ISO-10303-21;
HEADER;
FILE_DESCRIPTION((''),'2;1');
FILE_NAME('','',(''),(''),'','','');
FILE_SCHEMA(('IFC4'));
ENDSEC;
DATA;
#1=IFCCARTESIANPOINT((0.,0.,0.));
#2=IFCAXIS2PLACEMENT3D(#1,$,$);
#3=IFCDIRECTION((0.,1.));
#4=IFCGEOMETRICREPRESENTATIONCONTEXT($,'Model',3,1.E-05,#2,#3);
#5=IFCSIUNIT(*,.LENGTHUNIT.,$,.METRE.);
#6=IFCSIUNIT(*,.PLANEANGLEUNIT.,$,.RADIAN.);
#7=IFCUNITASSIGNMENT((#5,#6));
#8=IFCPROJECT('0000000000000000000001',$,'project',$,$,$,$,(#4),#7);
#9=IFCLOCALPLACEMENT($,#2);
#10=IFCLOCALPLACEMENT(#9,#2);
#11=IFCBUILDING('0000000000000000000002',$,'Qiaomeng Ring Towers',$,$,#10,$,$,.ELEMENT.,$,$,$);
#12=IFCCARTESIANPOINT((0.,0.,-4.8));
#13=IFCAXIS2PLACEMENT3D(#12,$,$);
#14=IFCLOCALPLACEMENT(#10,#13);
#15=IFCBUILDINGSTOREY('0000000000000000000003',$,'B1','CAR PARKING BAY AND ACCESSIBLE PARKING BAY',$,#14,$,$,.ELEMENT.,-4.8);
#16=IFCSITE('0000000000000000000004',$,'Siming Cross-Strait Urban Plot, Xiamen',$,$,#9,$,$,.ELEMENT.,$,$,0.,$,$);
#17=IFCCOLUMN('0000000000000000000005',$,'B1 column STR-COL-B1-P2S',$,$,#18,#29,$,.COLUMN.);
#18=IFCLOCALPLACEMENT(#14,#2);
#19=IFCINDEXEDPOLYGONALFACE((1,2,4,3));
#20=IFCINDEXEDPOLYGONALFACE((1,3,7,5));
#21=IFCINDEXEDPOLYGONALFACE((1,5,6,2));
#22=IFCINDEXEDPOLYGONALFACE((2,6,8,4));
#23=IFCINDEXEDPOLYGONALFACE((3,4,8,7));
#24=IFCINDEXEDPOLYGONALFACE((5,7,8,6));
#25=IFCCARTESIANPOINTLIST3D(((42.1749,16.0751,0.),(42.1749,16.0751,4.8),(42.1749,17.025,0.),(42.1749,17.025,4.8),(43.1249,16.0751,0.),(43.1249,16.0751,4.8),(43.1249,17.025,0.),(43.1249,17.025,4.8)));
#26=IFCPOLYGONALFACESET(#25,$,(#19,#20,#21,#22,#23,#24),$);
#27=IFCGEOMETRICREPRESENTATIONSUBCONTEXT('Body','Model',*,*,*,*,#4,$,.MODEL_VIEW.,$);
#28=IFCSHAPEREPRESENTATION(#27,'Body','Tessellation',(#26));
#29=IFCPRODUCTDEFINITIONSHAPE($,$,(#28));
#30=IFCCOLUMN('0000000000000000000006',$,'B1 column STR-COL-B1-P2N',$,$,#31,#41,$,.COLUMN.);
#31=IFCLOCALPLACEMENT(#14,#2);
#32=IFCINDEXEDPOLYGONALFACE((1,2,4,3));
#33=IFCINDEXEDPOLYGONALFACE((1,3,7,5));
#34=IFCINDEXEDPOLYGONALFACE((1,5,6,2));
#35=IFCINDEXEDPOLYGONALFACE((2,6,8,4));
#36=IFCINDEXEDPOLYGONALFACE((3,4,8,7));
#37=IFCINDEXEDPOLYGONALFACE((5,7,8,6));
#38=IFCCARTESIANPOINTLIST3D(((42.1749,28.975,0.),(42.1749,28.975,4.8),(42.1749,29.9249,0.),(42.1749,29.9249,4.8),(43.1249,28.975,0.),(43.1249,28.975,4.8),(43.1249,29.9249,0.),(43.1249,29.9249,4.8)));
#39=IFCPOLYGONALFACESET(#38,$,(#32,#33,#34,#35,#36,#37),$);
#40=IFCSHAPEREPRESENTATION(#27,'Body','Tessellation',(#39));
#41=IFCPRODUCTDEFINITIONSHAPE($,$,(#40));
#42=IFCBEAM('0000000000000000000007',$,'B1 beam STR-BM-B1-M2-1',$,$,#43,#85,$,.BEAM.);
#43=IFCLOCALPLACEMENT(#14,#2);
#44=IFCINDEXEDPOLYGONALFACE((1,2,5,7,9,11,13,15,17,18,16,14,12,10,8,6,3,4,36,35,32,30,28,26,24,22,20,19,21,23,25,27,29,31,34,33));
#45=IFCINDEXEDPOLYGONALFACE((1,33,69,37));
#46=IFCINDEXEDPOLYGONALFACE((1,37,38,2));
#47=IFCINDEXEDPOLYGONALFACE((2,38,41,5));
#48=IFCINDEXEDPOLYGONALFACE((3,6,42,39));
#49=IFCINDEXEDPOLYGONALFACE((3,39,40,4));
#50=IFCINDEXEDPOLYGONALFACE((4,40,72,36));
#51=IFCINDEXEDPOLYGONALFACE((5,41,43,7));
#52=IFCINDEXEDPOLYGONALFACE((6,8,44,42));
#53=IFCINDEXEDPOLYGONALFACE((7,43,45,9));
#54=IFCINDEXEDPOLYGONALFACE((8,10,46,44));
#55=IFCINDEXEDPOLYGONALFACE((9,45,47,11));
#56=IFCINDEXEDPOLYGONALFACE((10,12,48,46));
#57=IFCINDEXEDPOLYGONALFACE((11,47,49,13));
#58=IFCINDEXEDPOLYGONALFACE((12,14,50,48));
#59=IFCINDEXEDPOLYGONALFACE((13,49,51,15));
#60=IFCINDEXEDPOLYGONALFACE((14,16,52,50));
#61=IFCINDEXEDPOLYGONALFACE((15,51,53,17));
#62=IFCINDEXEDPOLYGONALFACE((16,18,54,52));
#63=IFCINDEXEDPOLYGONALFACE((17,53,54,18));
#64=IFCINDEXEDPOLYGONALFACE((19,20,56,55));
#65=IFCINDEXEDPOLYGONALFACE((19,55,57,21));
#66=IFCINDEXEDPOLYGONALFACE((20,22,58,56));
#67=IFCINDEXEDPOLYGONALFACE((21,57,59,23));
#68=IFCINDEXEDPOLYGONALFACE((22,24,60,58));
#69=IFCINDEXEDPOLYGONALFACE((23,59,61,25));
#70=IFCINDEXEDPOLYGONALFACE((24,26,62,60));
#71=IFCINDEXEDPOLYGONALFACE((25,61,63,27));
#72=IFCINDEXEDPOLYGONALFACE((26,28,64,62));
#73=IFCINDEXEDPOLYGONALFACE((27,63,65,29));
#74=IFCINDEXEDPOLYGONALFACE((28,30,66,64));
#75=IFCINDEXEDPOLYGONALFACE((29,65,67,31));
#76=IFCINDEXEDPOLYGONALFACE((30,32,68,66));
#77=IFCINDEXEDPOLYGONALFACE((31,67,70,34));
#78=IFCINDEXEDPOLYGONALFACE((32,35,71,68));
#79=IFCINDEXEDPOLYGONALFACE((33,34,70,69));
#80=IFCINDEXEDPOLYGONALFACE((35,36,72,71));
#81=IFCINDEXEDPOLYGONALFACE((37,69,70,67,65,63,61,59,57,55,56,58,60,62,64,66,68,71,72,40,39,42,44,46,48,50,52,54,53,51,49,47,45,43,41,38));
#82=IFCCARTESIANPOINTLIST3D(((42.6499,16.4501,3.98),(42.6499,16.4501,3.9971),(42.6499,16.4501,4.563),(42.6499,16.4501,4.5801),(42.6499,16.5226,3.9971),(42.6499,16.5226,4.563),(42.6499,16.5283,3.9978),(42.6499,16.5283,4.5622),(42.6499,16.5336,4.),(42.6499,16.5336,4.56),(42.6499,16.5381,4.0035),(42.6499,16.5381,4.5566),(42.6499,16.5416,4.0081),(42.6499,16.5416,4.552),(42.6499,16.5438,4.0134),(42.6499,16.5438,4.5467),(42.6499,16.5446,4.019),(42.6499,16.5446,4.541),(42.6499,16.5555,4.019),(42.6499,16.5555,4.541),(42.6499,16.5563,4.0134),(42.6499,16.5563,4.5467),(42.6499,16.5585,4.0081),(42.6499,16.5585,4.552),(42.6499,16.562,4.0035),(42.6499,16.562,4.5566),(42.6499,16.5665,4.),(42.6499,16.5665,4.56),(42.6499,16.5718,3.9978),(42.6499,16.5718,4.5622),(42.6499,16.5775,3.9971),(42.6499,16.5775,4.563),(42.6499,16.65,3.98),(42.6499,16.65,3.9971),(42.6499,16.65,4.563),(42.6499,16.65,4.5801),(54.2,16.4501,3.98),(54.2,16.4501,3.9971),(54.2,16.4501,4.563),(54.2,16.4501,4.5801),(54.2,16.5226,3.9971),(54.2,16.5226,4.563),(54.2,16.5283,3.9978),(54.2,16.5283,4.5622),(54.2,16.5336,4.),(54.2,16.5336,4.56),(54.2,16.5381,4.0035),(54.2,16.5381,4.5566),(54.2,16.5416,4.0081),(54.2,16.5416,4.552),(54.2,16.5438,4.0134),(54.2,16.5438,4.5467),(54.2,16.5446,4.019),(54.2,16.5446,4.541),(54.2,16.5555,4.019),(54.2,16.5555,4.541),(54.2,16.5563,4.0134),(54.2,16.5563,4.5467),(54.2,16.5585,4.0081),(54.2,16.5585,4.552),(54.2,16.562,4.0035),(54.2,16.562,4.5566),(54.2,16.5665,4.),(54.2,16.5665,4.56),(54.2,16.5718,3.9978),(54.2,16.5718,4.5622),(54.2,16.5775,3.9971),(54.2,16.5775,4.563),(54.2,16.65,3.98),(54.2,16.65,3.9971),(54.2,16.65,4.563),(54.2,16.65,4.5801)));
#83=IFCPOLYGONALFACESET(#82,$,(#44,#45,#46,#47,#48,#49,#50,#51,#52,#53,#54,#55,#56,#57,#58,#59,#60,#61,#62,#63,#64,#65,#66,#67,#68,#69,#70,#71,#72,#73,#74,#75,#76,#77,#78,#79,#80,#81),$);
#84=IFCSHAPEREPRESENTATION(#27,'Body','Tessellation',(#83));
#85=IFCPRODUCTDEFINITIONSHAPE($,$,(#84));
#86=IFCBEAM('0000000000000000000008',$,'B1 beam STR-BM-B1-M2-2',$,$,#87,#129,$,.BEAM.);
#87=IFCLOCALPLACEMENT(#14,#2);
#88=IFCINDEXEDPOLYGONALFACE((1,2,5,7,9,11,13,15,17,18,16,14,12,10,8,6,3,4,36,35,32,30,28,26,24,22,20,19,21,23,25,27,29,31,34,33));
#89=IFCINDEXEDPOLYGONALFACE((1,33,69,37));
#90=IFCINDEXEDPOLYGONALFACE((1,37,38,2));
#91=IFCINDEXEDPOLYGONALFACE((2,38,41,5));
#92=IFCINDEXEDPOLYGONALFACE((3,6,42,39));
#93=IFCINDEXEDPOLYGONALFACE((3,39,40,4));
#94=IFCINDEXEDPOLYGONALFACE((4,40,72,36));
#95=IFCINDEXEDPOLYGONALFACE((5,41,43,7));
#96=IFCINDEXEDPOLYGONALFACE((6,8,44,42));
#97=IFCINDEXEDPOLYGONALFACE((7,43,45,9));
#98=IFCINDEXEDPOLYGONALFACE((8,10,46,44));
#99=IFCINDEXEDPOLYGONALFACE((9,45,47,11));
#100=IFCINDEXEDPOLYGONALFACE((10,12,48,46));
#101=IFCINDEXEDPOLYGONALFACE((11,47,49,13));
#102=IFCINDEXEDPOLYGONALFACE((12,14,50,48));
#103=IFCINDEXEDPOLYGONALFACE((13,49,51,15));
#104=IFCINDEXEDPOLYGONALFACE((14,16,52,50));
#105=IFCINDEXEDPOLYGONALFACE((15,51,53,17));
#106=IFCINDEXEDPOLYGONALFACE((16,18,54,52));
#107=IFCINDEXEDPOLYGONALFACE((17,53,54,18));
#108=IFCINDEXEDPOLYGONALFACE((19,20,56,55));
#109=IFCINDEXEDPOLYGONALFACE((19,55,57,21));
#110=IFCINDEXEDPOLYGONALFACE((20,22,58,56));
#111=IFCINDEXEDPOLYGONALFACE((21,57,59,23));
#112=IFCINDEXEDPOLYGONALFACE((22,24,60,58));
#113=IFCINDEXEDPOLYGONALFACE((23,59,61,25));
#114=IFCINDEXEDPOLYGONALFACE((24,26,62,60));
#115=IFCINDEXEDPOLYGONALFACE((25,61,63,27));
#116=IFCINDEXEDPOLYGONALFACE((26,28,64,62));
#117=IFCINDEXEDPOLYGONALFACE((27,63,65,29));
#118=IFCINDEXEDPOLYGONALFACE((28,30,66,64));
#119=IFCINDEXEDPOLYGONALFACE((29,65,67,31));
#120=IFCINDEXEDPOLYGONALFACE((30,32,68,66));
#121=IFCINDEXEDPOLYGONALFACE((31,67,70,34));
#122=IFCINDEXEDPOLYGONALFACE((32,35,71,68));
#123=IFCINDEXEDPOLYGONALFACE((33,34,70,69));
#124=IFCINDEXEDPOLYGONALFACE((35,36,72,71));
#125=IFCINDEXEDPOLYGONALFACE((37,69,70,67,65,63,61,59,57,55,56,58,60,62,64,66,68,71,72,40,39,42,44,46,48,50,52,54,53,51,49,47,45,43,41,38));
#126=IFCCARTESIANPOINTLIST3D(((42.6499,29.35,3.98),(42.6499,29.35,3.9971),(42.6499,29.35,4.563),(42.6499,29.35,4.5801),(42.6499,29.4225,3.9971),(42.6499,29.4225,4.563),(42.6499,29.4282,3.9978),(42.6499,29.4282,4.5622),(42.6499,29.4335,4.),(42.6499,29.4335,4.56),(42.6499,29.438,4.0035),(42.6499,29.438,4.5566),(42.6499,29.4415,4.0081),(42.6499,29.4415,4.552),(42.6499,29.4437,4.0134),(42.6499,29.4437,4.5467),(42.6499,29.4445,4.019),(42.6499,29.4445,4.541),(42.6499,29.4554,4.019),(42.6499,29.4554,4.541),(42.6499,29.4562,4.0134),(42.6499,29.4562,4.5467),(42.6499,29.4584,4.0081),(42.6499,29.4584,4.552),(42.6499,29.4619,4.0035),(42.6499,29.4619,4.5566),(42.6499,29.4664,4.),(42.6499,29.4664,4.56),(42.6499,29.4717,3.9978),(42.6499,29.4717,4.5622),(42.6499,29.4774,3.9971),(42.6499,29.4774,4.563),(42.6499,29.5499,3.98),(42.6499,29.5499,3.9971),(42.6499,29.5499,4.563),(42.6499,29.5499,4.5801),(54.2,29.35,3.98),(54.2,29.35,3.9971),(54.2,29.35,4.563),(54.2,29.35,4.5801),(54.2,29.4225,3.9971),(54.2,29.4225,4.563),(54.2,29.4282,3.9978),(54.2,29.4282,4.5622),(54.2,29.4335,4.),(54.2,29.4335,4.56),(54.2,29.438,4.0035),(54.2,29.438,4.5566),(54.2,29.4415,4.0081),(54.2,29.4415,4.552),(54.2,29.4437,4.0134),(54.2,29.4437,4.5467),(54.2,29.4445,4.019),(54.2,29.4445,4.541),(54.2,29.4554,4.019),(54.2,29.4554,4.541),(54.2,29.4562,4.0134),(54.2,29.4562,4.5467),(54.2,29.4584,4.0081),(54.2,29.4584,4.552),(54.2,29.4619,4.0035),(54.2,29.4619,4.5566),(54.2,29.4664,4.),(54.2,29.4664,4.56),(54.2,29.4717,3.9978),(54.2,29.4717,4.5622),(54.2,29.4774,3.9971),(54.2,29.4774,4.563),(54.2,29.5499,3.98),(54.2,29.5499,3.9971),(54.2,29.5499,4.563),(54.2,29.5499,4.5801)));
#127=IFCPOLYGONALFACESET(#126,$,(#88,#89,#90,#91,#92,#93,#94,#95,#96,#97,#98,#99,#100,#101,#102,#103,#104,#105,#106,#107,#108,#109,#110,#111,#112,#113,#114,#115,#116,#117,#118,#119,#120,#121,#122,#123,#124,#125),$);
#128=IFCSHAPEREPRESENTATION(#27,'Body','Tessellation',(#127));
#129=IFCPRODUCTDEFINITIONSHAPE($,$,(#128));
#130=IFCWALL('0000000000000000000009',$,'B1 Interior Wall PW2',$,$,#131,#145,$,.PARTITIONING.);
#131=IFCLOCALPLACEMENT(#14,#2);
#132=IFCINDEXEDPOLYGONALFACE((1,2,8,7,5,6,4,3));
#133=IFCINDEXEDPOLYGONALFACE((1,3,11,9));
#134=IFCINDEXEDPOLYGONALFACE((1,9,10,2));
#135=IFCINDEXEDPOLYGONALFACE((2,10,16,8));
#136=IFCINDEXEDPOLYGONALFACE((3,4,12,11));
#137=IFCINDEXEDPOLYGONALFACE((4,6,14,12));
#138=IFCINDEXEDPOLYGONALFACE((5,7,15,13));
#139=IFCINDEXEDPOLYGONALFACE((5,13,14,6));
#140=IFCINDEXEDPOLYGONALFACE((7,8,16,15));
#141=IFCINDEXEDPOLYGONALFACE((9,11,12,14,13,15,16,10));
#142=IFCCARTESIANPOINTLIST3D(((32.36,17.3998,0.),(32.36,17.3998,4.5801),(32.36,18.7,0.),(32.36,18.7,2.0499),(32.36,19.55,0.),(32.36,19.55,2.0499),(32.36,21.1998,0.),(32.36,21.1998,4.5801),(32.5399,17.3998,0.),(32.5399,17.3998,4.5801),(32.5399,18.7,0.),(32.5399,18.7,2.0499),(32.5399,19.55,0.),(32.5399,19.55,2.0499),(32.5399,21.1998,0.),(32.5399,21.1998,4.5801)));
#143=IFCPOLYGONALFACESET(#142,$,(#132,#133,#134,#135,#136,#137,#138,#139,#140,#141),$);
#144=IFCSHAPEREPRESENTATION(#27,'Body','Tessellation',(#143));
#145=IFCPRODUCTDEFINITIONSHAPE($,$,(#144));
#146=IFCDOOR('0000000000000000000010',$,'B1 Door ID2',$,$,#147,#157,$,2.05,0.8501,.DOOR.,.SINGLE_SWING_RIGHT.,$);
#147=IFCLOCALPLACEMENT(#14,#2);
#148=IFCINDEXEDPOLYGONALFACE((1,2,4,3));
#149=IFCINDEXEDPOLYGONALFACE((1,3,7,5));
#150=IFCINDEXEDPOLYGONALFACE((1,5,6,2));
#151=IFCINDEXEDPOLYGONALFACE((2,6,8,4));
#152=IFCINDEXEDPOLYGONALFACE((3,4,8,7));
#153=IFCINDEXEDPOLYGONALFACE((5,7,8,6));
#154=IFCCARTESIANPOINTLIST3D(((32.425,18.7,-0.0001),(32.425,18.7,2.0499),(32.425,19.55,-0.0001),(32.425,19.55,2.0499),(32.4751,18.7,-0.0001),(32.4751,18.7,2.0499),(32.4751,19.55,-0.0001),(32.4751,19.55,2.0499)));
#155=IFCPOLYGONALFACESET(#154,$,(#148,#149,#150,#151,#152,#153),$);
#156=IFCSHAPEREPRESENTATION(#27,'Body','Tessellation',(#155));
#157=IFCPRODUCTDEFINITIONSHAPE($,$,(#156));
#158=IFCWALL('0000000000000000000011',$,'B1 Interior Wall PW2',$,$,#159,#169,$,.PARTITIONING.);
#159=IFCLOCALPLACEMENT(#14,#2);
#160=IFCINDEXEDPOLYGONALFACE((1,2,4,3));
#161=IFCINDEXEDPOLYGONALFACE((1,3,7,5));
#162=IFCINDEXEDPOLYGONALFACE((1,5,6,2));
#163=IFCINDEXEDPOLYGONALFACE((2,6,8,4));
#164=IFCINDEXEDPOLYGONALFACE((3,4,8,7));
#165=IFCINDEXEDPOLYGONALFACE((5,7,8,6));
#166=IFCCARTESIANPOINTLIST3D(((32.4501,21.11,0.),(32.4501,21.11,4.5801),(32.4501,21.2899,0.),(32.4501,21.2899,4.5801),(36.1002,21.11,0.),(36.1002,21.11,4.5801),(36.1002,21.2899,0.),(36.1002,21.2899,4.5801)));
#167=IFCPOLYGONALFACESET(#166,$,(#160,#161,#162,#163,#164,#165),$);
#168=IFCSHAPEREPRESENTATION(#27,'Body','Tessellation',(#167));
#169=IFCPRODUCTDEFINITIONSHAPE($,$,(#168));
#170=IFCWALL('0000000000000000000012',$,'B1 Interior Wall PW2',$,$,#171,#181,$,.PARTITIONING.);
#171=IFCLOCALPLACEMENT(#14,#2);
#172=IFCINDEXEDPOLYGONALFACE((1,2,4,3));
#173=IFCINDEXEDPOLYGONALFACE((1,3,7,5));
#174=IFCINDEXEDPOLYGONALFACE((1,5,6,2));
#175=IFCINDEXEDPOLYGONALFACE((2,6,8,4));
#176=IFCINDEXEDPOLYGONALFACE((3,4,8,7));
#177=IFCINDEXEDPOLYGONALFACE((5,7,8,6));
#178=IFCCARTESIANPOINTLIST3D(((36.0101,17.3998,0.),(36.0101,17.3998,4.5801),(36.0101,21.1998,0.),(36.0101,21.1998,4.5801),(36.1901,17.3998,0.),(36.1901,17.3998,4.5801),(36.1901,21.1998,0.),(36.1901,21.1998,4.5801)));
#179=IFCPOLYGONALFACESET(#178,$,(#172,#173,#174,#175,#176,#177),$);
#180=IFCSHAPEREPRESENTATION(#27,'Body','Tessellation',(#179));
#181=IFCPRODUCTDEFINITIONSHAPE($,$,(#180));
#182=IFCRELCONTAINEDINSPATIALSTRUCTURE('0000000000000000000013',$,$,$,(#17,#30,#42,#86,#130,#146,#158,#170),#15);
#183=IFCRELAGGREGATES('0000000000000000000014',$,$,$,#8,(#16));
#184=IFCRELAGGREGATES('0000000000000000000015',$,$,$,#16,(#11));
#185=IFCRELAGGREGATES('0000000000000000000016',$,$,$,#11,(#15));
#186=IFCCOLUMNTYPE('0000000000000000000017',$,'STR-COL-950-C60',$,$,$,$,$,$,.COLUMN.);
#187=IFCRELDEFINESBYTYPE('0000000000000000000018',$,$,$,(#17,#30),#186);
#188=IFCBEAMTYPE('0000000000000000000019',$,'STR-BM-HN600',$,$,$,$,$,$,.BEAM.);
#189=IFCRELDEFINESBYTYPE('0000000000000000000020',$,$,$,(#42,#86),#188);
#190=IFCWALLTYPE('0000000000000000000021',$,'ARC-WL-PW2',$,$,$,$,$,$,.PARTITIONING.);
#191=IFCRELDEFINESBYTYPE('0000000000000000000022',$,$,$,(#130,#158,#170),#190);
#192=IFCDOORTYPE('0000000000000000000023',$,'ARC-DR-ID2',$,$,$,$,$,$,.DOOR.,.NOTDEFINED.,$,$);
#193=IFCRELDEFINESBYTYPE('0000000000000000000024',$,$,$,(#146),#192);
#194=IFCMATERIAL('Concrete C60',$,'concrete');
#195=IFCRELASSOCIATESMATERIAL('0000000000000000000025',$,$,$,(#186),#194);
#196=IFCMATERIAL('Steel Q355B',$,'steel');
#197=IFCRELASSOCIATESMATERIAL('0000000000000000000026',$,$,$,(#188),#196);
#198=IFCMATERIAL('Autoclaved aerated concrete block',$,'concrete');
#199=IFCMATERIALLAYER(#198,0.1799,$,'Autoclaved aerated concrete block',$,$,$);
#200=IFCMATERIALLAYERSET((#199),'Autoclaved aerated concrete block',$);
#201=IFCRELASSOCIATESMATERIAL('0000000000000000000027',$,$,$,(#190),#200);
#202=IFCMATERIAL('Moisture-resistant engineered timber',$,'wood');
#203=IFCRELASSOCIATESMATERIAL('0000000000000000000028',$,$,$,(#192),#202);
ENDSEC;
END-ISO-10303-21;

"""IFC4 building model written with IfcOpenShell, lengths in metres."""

from ifc_helpers import new_model, si_unit, direction, frame, frame_2d, origin, origin_2d, place, context, subcontext, project, spatial, rectangle, i_section, extrude, source, transform, mapped, material, layer, layer_set, material_profile, profile_set, type_object, element, fill, save


model = new_model("IFC4")

# Units and contexts
model_context = context("Model", 3, precision=1e-05, world=origin(), true_north=direction((0.0, 1.0)))
body_context = subcontext(model_context, "Body", "Model", "MODEL_VIEW")
ifc_project = project(units=[si_unit("LENGTHUNIT", "METRE"), si_unit("PLANEANGLEUNIT", "RADIAN")], contexts=[model_context])

# Site, building, storey
site_placement = place(None, origin())
site = spatial("IfcSite", under=ifc_project, at=site_placement, Name="Siming Cross-Strait Urban Plot, Xiamen", CompositionType="ELEMENT", RefElevation=0.0)
building_placement = place(site_placement, origin())
building = spatial("IfcBuilding", under=site, at=building_placement, Name="Qiaomeng Ring Towers", CompositionType="ELEMENT")
storey_placement = place(building_placement, frame((0.0, 0.0, -4.8)))
storey = spatial("IfcBuildingStorey", under=building, at=storey_placement, Name="B1", Description="CAR PARKING BAY AND ACCESSIBLE PARKING BAY", CompositionType="ELEMENT", Elevation=-4.8)

# Columns
ifc_material_1 = material(Name="Concrete C60", Category="concrete")
ifc_material_profile_1 = material_profile(ifc_material_1, rectangle(XDim=0.95, YDim=0.95, at=origin_2d()), Name="RC COL 950x950")
ifc_profile_set_1 = profile_set([ifc_material_profile_1], Name="Concrete C60")
column_type = type_object("IfcColumnType", Name="STR-COL-950-C60", PredefinedType="COLUMN", material=ifc_profile_set_1)
shared_shape_1 = source(origin(), body_context, "Body", "SweptSolid", [
    extrude(rectangle(XDim=0.95, YDim=0.95, at=origin_2d()), origin(), (0.0, 0.0, 1.0), 4.8),
])
for number, where, z_axis, x_axis, name in (
    (1, (42.6499, 16.55, 0.0), (0.0, 0.0, 1.0), (1.0, 0.0, 0.0), "B1 column STR-COL-B1-P2S"),
    (2, (42.6499, 29.45, 0.0), (0.0, 0.0, 1.0), (1.0, 0.0, 0.0), "B1 column STR-COL-B1-P2N"),
):
    element("IfcColumn", number, at=place(storey_placement, frame(where, z_axis=z_axis, x_axis=x_axis)), inside=storey, type_object=column_type, Name=name, PredefinedType="COLUMN", context=body_context, shape_type="MappedRepresentation", body=[
        mapped(shared_shape_1, transform((0.0, 0.0, 0.0), x_axis=(1.0, 0.0, 0.0), y_axis=(0.0, 1.0, 0.0), z_axis=(0.0, 0.0, 1.0), scale=1.0)),
    ])

# Beams
ifc_material_2 = material(Name="Steel Q355B", Category="steel")
ifc_material_profile_2 = material_profile(ifc_material_2, i_section(OverallWidth=0.2, OverallDepth=0.6001, WebThickness=0.011, FlangeThickness=0.0171, FilletRadius=0.022, at=origin_2d()), Name="HN 600x200x11x17")
ifc_profile_set_2 = profile_set([ifc_material_profile_2], Name="Steel Q355B")
beam_type = type_object("IfcBeamType", Name="STR-BM-HN600", PredefinedType="BEAM", material=ifc_profile_set_2)
shared_shape_2 = source(origin(), body_context, "Body", "SweptSolid", [
    extrude(i_section(OverallWidth=0.2, OverallDepth=0.6001, WebThickness=0.011, FlangeThickness=0.0171, FilletRadius=0.022, at=origin_2d()), origin(), (0.0, 0.0, 1.0), 11.55),
])
for number, where, z_axis, x_axis, name in (
    (3, (42.6499, 16.55, 4.28), (1.0, 0.0, 0.0), (0.0, 1.0, 0.0), "B1 beam STR-BM-B1-M2-1"),
    (4, (42.6499, 29.45, 4.28), (1.0, 0.0, 0.0), (0.0, 1.0, 0.0), "B1 beam STR-BM-B1-M2-2"),
):
    element("IfcBeam", number, at=place(storey_placement, frame(where, z_axis=z_axis, x_axis=x_axis)), inside=storey, type_object=beam_type, Name=name, PredefinedType="BEAM", context=body_context, shape_type="MappedRepresentation", body=[
        mapped(shared_shape_2, transform((0.0, 0.0, 0.0), x_axis=(1.0, 0.0, 0.0), y_axis=(0.0, 1.0, 0.0), z_axis=(0.0, 0.0, 1.0), scale=1.0)),
    ])

# Wall, opening, door
ifc_material_3 = material(Name="Autoclaved aerated concrete block", Category="concrete")
ifc_layer_1 = layer(ifc_material_3, 0.1799, Name="Autoclaved aerated concrete block")
ifc_layer_set_1 = layer_set([ifc_layer_1], Name="Autoclaved aerated concrete block")
wall_type_1 = type_object("IfcWallType", Name="ARC-WL-PW2", PredefinedType="PARTITIONING", material=ifc_layer_set_1)
wall_1_placement = place(storey_placement, frame((32.45, 17.3999, 0.0), z_axis=(0.0, 0.0, 1.0), x_axis=(0.0, 1.0, 0.0)))
wall_1 = element("IfcWall", 5, at=wall_1_placement, inside=storey, type_object=wall_type_1, Name="B1 Interior Wall PW2", PredefinedType="PARTITIONING", context=body_context, shape_type="SweptSolid", body=[
    extrude(rectangle(XDim=3.8, YDim=0.1799, at=frame_2d((1.8999, 0.0))), origin(), (0.0, 0.0, 1.0), 4.5801),
])
opening_1_placement = place(wall_1_placement, frame((1.3, 0.0, 0.0)))
opening_1 = element("IfcOpeningElement", 6, at=opening_1_placement, cuts=wall_1, PredefinedType="OPENING", context=body_context, shape_type="SweptSolid", body=[
    extrude(rectangle(XDim=0.8501, YDim=2.05, at=frame_2d((0.425, 1.0249))), frame((0.0, 0.0999, 0.0), z_axis=(0.0, -1.0, 0.0), x_axis=(1.0, 0.0, 0.0)), (0.0, 0.0, 1.0), 0.2),
])
ifc_material_4 = material(Name="Moisture-resistant engineered timber", Category="wood")
door_type_1 = type_object("IfcDoorType", Name="ARC-DR-ID2", OperationType="NOTDEFINED", PredefinedType="DOOR", material=ifc_material_4)
shared_shape_3 = source(origin(), body_context, "Body", "SweptSolid", [
    extrude(rectangle(XDim=0.8501, YDim=2.05, at=frame_2d((0.425, 1.0249))), frame((0.0, 0.0249, 0.0), z_axis=(0.0, -1.0, 0.0), x_axis=(1.0, 0.0, 0.0)), (0.0, 0.0, 1.0), 0.05),
])
door_1_placement = place(opening_1_placement, origin())
door_1 = element("IfcDoor", 7, at=door_1_placement, inside=storey, type_object=door_type_1, Name="B1 Door ID2", OperationType="SINGLE_SWING_RIGHT", OverallHeight=2.05, OverallWidth=0.8501, PredefinedType="DOOR", context=body_context, shape_type="MappedRepresentation", body=[
    mapped(shared_shape_3, transform((0.0, 0.0, 0.0), x_axis=(1.0, 0.0, 0.0), y_axis=(0.0, 1.0, 0.0), z_axis=(0.0, 0.0, 1.0), scale=1.0)),
])
fill(opening_1, door_1)

# Walls
wall_2_placement = place(storey_placement, frame((32.45, 21.2, 0.0), z_axis=(0.0, 0.0, 1.0), x_axis=(1.0, 0.0, 0.0)))
element("IfcWall", 8, at=wall_2_placement, inside=storey, type_object=wall_type_1, Name="B1 Interior Wall PW2", PredefinedType="PARTITIONING", context=body_context, shape_type="SweptSolid", body=[
    extrude(rectangle(XDim=3.6501, YDim=0.1799, at=frame_2d((1.8252, 0.0))), origin(), (0.0, 0.0, 1.0), 4.5801),
])
wall_3_placement = place(storey_placement, frame((36.1001, 17.3999, 0.0), z_axis=(0.0, 0.0, 1.0), x_axis=(0.0, 1.0, 0.0)))
element("IfcWall", 9, at=wall_3_placement, inside=storey, type_object=wall_type_1, Name="B1 Interior Wall PW2", PredefinedType="PARTITIONING", context=body_context, shape_type="SweptSolid", body=[
    extrude(rectangle(XDim=3.8, YDim=0.1799, at=frame_2d((1.8999, 0.0))), origin(), (0.0, 0.0, 1.0), 4.5801),
])

save(model, "model.ifc")
